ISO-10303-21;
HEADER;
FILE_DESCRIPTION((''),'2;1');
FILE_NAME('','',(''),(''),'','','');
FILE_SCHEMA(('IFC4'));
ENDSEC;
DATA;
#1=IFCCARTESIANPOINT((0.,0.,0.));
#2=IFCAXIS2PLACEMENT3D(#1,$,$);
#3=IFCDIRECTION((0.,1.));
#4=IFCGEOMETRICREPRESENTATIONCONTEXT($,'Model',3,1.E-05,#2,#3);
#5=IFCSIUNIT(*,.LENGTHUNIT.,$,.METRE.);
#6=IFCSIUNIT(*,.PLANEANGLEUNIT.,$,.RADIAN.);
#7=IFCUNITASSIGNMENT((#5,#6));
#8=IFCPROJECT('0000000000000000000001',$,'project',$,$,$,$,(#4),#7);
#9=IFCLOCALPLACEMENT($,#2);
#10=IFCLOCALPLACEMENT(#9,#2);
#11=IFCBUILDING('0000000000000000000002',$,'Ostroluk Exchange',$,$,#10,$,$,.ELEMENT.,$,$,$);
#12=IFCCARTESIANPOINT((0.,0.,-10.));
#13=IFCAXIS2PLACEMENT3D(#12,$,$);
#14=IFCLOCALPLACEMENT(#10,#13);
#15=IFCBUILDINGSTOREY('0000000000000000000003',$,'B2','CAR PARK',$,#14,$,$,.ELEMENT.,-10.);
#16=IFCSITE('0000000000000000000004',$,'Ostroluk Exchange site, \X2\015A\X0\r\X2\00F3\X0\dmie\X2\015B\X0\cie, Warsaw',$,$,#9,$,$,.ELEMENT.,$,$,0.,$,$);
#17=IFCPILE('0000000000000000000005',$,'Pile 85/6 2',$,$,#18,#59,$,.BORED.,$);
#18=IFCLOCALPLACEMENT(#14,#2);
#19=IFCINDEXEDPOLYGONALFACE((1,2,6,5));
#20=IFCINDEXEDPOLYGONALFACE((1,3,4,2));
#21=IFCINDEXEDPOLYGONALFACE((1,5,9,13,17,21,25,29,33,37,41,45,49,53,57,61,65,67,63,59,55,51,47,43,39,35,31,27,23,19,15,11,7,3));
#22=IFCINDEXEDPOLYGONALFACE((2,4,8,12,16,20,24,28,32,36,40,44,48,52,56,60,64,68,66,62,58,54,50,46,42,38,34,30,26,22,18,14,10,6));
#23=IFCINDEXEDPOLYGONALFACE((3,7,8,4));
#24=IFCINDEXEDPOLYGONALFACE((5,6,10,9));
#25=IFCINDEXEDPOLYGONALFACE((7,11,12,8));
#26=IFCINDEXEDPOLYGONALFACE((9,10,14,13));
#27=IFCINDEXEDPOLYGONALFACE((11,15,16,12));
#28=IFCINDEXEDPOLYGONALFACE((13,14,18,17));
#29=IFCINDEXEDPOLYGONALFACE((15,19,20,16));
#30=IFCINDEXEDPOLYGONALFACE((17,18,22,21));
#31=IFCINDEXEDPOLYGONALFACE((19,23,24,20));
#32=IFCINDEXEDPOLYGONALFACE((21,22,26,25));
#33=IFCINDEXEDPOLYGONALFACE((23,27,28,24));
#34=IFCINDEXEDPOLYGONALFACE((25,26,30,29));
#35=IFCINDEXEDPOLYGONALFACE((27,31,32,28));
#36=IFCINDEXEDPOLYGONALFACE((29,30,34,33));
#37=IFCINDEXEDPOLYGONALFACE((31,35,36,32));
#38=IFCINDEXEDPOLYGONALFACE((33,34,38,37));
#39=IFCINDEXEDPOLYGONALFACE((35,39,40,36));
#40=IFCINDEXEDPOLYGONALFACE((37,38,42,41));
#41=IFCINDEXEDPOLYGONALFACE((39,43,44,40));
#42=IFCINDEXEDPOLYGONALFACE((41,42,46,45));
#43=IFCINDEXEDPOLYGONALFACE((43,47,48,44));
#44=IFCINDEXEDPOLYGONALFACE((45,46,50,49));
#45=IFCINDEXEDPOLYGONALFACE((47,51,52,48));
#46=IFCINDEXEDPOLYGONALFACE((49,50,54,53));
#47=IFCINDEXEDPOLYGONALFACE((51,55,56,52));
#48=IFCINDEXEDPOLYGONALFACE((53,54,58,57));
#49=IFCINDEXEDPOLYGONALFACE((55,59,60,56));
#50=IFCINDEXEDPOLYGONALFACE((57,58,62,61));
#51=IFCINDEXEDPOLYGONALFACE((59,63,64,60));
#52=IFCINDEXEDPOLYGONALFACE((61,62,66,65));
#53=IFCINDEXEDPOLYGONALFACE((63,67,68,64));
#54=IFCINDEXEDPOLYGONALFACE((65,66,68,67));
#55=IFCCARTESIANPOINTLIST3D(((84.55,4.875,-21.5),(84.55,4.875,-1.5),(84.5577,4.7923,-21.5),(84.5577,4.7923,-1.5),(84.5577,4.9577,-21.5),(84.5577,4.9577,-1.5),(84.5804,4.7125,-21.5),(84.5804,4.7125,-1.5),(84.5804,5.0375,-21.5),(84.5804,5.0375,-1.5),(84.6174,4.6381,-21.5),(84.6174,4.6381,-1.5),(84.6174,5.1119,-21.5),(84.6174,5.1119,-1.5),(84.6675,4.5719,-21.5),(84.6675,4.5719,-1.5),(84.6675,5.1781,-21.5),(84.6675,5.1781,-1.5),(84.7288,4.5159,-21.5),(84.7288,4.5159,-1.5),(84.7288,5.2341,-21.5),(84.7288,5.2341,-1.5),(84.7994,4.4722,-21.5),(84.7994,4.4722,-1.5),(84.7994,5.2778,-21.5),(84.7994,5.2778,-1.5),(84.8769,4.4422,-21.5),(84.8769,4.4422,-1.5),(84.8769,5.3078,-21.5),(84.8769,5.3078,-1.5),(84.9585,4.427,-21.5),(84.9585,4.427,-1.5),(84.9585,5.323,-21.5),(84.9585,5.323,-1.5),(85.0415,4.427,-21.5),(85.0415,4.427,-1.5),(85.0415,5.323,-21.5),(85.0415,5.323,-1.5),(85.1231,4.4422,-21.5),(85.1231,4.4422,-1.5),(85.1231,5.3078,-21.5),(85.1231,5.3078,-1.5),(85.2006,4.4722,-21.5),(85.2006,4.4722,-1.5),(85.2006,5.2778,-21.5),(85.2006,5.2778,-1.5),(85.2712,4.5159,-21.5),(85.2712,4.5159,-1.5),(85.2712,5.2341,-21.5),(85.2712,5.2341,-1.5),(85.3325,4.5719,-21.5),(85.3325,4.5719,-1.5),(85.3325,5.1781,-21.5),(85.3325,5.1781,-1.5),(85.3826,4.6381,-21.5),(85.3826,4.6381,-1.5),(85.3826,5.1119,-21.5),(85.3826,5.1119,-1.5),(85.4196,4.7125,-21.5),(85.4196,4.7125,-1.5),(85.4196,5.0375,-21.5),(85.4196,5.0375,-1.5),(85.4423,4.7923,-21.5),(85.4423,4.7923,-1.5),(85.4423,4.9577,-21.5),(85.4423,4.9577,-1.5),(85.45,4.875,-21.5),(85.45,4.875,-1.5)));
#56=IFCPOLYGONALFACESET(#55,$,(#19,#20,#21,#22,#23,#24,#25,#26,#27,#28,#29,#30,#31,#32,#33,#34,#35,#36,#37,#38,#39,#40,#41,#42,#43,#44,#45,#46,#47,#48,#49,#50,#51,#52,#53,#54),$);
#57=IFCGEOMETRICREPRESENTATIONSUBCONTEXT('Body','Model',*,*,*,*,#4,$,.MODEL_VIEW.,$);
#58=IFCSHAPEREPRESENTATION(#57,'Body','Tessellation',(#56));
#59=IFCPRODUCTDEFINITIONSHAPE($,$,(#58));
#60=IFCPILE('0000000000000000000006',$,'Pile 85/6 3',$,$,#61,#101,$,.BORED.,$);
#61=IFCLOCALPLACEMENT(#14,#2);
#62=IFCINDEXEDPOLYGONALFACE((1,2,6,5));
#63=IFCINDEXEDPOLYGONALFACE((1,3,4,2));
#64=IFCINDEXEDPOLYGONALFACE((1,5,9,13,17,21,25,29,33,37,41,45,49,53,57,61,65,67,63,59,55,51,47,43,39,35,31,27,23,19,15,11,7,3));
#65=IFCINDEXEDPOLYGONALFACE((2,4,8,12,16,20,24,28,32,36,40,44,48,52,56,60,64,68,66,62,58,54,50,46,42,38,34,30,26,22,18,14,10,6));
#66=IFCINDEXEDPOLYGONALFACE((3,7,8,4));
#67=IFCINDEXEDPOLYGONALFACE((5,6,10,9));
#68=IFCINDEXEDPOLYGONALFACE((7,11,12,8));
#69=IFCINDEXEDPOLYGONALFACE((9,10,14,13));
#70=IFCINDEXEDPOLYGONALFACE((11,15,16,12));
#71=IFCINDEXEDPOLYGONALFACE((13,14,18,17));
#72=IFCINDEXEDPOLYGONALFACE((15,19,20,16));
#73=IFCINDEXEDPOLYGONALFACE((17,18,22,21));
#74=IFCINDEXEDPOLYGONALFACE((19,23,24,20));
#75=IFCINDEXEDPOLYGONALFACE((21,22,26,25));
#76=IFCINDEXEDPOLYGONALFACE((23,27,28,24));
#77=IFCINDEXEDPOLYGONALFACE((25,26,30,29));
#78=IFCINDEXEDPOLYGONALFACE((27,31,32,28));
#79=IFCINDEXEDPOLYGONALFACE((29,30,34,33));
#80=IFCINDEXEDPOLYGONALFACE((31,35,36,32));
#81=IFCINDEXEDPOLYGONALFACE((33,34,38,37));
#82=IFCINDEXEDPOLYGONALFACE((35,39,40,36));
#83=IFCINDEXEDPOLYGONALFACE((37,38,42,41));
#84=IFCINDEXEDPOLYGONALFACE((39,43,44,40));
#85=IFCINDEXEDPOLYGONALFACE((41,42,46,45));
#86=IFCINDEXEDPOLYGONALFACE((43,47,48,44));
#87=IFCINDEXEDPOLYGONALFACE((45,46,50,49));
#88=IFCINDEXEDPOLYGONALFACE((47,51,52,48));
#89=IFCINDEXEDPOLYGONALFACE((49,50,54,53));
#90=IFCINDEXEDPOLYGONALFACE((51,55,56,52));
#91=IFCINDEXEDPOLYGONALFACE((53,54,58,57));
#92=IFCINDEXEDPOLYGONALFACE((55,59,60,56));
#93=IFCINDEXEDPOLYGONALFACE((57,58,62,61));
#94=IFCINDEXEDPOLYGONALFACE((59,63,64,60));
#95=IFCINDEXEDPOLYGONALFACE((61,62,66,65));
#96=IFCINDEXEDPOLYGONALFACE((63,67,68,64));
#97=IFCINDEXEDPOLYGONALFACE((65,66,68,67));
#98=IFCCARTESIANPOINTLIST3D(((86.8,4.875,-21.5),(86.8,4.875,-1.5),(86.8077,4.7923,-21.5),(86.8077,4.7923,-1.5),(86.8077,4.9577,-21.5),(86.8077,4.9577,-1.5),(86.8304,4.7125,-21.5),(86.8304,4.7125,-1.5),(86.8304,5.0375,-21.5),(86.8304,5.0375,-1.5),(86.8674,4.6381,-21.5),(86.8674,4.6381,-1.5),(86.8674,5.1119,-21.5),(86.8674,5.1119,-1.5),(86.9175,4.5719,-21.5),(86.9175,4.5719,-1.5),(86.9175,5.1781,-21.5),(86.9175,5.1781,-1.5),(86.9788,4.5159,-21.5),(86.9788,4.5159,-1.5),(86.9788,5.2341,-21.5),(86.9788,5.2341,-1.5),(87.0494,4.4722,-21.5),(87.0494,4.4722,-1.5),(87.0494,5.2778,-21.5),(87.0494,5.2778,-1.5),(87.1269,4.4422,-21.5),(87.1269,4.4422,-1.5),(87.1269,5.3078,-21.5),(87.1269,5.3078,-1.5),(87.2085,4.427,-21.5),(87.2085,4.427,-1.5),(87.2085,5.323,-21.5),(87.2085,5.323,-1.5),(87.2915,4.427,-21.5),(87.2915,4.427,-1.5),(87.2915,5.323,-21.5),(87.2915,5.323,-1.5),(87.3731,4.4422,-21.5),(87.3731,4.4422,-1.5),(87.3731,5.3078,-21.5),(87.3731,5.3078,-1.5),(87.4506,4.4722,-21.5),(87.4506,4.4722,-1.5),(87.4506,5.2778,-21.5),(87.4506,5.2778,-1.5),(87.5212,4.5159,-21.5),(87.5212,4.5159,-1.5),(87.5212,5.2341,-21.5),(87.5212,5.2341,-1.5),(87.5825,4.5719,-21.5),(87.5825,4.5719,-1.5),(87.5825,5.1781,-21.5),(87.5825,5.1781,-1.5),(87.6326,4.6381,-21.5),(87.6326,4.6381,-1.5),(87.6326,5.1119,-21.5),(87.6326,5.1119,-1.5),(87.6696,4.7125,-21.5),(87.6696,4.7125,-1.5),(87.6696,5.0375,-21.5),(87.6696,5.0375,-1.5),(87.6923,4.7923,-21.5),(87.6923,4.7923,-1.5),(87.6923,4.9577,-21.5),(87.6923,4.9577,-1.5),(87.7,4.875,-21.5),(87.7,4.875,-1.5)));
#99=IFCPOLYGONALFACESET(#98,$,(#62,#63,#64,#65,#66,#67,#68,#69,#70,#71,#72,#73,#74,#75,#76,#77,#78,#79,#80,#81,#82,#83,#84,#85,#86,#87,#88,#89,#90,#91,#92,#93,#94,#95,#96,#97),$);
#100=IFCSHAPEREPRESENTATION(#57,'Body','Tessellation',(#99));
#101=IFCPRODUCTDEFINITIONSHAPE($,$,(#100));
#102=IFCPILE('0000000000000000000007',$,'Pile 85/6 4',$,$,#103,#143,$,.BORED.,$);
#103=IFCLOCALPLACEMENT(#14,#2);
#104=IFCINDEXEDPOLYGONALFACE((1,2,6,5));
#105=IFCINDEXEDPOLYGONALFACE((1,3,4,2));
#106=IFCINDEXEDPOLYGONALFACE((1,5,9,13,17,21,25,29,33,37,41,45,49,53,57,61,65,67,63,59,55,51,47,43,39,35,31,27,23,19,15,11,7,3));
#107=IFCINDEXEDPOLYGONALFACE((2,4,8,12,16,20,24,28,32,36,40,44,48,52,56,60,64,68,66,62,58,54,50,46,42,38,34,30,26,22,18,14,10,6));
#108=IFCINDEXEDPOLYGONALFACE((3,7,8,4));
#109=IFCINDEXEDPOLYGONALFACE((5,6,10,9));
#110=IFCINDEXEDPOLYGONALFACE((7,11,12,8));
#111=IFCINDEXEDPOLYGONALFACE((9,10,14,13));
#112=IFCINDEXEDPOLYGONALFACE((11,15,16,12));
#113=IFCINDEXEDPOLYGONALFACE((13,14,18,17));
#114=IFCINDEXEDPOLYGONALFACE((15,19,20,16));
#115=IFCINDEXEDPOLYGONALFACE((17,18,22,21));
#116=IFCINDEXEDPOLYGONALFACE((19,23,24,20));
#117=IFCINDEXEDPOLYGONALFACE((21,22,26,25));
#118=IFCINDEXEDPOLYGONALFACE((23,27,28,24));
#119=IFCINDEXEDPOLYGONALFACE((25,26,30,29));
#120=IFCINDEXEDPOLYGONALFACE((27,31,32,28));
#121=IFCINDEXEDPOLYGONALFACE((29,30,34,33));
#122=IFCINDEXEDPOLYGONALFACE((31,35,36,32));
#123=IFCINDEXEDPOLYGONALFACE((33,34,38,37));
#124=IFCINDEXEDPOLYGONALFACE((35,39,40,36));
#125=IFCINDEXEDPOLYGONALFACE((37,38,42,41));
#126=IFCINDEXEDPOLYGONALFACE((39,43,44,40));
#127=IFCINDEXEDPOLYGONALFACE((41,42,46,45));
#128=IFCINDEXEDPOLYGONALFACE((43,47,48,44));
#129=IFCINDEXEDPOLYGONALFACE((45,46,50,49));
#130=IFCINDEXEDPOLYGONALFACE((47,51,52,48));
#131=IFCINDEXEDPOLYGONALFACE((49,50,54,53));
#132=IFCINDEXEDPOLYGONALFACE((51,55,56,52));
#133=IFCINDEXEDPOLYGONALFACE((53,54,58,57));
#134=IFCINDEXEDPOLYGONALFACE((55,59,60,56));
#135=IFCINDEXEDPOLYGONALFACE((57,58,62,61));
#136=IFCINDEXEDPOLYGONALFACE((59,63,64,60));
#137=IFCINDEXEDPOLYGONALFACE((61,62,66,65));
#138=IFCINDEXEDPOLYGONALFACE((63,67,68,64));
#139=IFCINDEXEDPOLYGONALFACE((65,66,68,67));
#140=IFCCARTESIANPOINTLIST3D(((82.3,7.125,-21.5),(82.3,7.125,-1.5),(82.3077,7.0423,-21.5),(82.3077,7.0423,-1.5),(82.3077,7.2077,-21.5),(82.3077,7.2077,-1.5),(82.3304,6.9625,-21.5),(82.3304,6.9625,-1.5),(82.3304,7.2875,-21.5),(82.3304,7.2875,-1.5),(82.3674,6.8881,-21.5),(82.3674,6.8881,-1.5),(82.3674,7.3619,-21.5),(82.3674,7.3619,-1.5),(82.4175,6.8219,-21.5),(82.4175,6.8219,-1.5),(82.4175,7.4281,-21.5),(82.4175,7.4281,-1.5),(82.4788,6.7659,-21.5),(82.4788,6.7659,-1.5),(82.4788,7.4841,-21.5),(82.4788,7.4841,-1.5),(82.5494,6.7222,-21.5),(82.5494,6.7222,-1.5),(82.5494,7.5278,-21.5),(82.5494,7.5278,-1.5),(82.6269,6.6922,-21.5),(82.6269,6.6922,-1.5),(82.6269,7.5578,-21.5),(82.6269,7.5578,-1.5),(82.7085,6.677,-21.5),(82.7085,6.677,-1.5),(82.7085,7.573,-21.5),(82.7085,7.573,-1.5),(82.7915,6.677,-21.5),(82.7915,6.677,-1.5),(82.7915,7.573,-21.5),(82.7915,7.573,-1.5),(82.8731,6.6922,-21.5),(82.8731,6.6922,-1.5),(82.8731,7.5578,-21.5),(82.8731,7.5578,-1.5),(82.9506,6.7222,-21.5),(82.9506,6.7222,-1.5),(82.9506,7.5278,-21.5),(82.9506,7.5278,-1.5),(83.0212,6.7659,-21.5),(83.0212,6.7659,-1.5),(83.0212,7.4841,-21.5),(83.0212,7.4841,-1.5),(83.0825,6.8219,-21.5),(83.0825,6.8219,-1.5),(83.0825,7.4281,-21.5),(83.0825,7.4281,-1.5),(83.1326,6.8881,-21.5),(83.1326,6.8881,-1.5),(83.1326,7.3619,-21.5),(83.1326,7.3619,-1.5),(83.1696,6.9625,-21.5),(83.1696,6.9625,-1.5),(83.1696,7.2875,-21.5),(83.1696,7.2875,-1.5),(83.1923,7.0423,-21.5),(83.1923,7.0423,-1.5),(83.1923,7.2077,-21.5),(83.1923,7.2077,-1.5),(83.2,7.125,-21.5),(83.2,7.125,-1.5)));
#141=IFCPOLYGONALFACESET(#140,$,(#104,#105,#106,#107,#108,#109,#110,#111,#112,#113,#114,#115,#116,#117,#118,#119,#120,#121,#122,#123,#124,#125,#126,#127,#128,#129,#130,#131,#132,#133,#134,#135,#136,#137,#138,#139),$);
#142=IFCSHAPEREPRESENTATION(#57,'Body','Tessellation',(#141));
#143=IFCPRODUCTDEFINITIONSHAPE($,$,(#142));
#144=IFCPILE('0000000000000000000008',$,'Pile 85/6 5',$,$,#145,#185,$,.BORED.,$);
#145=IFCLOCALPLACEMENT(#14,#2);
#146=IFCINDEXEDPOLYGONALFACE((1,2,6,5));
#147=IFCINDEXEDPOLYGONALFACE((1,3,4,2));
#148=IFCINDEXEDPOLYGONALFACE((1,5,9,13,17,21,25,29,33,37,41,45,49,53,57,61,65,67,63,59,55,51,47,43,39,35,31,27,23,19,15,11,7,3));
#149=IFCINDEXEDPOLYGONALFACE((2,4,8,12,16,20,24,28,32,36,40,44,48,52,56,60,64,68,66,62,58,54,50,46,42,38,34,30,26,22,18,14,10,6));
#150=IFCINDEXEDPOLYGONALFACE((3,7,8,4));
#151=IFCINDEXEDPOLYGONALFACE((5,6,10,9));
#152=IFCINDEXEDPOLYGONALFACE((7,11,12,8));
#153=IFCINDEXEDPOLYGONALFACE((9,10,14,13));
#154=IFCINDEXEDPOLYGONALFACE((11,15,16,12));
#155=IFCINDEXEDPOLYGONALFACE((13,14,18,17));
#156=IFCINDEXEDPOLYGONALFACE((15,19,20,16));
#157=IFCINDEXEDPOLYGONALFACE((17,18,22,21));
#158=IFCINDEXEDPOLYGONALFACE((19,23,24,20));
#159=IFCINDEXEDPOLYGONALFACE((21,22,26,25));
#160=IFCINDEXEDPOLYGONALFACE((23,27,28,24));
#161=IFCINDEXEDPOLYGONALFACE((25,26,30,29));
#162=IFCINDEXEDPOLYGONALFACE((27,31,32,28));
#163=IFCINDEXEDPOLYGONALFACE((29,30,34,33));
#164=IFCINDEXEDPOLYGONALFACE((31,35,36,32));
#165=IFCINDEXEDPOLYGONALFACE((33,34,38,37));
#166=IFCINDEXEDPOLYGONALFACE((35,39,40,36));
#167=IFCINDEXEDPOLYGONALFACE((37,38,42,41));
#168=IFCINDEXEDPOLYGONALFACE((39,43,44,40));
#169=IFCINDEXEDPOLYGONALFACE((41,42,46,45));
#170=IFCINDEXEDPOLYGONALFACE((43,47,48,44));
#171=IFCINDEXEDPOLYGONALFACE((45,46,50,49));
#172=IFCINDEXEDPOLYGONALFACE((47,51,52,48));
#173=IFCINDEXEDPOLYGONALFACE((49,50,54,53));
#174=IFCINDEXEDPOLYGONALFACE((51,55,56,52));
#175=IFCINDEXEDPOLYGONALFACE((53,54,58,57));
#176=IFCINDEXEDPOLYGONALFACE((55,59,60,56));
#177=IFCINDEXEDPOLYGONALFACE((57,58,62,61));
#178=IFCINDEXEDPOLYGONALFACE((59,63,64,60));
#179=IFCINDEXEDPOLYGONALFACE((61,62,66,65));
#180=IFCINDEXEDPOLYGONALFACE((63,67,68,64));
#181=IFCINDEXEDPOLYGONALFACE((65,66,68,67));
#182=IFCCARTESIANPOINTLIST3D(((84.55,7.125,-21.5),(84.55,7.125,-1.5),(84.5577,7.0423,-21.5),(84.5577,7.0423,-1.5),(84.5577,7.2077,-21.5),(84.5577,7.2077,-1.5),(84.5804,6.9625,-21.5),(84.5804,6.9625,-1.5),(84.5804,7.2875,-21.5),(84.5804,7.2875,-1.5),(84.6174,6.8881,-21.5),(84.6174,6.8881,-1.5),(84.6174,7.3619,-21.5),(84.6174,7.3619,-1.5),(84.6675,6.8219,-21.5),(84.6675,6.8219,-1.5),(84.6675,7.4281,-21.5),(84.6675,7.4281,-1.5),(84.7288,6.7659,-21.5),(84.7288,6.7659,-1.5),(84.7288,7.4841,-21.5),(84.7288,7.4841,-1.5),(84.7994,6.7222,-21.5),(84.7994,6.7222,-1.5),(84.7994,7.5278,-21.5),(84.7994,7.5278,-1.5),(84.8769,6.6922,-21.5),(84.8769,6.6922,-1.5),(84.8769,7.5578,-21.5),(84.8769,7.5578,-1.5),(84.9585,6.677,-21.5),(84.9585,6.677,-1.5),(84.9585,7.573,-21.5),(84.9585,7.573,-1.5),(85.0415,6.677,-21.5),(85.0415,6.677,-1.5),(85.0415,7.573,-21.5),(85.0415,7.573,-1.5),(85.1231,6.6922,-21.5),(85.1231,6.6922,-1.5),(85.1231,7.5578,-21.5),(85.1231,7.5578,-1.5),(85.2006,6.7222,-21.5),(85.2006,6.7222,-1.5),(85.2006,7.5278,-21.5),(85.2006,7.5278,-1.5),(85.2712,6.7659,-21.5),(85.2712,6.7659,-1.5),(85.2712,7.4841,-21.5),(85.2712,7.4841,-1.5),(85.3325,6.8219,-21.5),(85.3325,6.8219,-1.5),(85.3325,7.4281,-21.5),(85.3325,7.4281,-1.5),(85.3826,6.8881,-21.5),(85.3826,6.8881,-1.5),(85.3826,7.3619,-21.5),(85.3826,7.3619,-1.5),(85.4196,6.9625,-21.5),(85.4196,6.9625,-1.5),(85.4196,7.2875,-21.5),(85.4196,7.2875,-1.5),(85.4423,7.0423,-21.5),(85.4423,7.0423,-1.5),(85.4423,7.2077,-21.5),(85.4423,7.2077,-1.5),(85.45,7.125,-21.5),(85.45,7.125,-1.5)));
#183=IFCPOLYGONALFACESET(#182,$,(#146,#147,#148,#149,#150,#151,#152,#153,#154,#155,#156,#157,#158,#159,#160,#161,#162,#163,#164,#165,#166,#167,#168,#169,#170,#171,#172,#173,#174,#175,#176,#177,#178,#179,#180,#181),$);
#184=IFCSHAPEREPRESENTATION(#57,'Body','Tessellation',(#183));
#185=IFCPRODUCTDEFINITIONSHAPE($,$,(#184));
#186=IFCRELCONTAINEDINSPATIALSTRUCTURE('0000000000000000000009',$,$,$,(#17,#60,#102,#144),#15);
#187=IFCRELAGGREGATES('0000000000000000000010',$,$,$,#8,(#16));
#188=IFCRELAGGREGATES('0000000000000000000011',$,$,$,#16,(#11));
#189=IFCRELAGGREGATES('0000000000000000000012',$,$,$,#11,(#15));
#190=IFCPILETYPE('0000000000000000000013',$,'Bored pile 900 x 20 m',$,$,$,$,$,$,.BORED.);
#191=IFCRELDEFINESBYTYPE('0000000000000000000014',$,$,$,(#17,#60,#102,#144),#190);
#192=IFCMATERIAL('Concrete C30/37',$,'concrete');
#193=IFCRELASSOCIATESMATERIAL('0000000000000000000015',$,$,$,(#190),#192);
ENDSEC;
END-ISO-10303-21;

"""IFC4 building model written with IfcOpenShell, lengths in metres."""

from ifc_helpers import new_model, si_unit, direction, frame, origin, origin_2d, place, context, subcontext, project, spatial, circle, extrude, material, type_object, element, save


model = new_model("IFC4")

# Units and contexts
model_context = context("Model", 3, precision=1e-05, world=origin(), true_north=direction((0.0, 1.0)))
body_context = subcontext(model_context, "Body", "Model", "MODEL_VIEW")
ifc_project = project(units=[si_unit("LENGTHUNIT", "METRE"), si_unit("PLANEANGLEUNIT", "RADIAN")], contexts=[model_context])

# Site, building, storey
site_placement = place(None, origin())
site = spatial("IfcSite", under=ifc_project, at=site_placement, Name="Ostroluk Exchange site, Śródmieście, Warsaw", CompositionType="ELEMENT", RefElevation=0.0)
building_placement = place(site_placement, origin())
building = spatial("IfcBuilding", under=site, at=building_placement, Name="Ostroluk Exchange", CompositionType="ELEMENT")
storey_placement = place(building_placement, frame((0.0, 0.0, -10.0)))
storey = spatial("IfcBuildingStorey", under=building, at=storey_placement, Name="B2", Description="CAR PARK", CompositionType="ELEMENT", Elevation=-10.0)

# Piles
ifc_material_1 = material(Name="Concrete C30/37", Category="concrete")
pile_type = type_object("IfcPileType", Name="Bored pile 900 x 20 m", PredefinedType="BORED", material=ifc_material_1)
for number, where, z_axis, x_axis, name in (
    (1, (85.0, 4.875, -1.5), (0.0, 0.0, -1.0), (1.0, 0.0, 0.0), "Pile 85/6 2"),
    (2, (87.25, 4.875, -1.5), (0.0, 0.0, -1.0), (1.0, 0.0, 0.0), "Pile 85/6 3"),
    (3, (82.75, 7.125, -1.5), (0.0, 0.0, -1.0), (1.0, 0.0, 0.0), "Pile 85/6 4"),
    (4, (85.0, 7.125, -1.5), (0.0, 0.0, -1.0), (1.0, 0.0, 0.0), "Pile 85/6 5"),
):
    element("IfcPile", number, at=place(storey_placement, frame(where, z_axis=z_axis, x_axis=x_axis)), inside=storey, type_object=pile_type, Name=name, PredefinedType="BORED", context=body_context, shape_type="SweptSolid", body=[
        extrude(circle(Radius=0.45, at=origin_2d()), origin(), (0.0, 0.0, 1.0), 20.0),
    ])

save(model, "model.ifc")
